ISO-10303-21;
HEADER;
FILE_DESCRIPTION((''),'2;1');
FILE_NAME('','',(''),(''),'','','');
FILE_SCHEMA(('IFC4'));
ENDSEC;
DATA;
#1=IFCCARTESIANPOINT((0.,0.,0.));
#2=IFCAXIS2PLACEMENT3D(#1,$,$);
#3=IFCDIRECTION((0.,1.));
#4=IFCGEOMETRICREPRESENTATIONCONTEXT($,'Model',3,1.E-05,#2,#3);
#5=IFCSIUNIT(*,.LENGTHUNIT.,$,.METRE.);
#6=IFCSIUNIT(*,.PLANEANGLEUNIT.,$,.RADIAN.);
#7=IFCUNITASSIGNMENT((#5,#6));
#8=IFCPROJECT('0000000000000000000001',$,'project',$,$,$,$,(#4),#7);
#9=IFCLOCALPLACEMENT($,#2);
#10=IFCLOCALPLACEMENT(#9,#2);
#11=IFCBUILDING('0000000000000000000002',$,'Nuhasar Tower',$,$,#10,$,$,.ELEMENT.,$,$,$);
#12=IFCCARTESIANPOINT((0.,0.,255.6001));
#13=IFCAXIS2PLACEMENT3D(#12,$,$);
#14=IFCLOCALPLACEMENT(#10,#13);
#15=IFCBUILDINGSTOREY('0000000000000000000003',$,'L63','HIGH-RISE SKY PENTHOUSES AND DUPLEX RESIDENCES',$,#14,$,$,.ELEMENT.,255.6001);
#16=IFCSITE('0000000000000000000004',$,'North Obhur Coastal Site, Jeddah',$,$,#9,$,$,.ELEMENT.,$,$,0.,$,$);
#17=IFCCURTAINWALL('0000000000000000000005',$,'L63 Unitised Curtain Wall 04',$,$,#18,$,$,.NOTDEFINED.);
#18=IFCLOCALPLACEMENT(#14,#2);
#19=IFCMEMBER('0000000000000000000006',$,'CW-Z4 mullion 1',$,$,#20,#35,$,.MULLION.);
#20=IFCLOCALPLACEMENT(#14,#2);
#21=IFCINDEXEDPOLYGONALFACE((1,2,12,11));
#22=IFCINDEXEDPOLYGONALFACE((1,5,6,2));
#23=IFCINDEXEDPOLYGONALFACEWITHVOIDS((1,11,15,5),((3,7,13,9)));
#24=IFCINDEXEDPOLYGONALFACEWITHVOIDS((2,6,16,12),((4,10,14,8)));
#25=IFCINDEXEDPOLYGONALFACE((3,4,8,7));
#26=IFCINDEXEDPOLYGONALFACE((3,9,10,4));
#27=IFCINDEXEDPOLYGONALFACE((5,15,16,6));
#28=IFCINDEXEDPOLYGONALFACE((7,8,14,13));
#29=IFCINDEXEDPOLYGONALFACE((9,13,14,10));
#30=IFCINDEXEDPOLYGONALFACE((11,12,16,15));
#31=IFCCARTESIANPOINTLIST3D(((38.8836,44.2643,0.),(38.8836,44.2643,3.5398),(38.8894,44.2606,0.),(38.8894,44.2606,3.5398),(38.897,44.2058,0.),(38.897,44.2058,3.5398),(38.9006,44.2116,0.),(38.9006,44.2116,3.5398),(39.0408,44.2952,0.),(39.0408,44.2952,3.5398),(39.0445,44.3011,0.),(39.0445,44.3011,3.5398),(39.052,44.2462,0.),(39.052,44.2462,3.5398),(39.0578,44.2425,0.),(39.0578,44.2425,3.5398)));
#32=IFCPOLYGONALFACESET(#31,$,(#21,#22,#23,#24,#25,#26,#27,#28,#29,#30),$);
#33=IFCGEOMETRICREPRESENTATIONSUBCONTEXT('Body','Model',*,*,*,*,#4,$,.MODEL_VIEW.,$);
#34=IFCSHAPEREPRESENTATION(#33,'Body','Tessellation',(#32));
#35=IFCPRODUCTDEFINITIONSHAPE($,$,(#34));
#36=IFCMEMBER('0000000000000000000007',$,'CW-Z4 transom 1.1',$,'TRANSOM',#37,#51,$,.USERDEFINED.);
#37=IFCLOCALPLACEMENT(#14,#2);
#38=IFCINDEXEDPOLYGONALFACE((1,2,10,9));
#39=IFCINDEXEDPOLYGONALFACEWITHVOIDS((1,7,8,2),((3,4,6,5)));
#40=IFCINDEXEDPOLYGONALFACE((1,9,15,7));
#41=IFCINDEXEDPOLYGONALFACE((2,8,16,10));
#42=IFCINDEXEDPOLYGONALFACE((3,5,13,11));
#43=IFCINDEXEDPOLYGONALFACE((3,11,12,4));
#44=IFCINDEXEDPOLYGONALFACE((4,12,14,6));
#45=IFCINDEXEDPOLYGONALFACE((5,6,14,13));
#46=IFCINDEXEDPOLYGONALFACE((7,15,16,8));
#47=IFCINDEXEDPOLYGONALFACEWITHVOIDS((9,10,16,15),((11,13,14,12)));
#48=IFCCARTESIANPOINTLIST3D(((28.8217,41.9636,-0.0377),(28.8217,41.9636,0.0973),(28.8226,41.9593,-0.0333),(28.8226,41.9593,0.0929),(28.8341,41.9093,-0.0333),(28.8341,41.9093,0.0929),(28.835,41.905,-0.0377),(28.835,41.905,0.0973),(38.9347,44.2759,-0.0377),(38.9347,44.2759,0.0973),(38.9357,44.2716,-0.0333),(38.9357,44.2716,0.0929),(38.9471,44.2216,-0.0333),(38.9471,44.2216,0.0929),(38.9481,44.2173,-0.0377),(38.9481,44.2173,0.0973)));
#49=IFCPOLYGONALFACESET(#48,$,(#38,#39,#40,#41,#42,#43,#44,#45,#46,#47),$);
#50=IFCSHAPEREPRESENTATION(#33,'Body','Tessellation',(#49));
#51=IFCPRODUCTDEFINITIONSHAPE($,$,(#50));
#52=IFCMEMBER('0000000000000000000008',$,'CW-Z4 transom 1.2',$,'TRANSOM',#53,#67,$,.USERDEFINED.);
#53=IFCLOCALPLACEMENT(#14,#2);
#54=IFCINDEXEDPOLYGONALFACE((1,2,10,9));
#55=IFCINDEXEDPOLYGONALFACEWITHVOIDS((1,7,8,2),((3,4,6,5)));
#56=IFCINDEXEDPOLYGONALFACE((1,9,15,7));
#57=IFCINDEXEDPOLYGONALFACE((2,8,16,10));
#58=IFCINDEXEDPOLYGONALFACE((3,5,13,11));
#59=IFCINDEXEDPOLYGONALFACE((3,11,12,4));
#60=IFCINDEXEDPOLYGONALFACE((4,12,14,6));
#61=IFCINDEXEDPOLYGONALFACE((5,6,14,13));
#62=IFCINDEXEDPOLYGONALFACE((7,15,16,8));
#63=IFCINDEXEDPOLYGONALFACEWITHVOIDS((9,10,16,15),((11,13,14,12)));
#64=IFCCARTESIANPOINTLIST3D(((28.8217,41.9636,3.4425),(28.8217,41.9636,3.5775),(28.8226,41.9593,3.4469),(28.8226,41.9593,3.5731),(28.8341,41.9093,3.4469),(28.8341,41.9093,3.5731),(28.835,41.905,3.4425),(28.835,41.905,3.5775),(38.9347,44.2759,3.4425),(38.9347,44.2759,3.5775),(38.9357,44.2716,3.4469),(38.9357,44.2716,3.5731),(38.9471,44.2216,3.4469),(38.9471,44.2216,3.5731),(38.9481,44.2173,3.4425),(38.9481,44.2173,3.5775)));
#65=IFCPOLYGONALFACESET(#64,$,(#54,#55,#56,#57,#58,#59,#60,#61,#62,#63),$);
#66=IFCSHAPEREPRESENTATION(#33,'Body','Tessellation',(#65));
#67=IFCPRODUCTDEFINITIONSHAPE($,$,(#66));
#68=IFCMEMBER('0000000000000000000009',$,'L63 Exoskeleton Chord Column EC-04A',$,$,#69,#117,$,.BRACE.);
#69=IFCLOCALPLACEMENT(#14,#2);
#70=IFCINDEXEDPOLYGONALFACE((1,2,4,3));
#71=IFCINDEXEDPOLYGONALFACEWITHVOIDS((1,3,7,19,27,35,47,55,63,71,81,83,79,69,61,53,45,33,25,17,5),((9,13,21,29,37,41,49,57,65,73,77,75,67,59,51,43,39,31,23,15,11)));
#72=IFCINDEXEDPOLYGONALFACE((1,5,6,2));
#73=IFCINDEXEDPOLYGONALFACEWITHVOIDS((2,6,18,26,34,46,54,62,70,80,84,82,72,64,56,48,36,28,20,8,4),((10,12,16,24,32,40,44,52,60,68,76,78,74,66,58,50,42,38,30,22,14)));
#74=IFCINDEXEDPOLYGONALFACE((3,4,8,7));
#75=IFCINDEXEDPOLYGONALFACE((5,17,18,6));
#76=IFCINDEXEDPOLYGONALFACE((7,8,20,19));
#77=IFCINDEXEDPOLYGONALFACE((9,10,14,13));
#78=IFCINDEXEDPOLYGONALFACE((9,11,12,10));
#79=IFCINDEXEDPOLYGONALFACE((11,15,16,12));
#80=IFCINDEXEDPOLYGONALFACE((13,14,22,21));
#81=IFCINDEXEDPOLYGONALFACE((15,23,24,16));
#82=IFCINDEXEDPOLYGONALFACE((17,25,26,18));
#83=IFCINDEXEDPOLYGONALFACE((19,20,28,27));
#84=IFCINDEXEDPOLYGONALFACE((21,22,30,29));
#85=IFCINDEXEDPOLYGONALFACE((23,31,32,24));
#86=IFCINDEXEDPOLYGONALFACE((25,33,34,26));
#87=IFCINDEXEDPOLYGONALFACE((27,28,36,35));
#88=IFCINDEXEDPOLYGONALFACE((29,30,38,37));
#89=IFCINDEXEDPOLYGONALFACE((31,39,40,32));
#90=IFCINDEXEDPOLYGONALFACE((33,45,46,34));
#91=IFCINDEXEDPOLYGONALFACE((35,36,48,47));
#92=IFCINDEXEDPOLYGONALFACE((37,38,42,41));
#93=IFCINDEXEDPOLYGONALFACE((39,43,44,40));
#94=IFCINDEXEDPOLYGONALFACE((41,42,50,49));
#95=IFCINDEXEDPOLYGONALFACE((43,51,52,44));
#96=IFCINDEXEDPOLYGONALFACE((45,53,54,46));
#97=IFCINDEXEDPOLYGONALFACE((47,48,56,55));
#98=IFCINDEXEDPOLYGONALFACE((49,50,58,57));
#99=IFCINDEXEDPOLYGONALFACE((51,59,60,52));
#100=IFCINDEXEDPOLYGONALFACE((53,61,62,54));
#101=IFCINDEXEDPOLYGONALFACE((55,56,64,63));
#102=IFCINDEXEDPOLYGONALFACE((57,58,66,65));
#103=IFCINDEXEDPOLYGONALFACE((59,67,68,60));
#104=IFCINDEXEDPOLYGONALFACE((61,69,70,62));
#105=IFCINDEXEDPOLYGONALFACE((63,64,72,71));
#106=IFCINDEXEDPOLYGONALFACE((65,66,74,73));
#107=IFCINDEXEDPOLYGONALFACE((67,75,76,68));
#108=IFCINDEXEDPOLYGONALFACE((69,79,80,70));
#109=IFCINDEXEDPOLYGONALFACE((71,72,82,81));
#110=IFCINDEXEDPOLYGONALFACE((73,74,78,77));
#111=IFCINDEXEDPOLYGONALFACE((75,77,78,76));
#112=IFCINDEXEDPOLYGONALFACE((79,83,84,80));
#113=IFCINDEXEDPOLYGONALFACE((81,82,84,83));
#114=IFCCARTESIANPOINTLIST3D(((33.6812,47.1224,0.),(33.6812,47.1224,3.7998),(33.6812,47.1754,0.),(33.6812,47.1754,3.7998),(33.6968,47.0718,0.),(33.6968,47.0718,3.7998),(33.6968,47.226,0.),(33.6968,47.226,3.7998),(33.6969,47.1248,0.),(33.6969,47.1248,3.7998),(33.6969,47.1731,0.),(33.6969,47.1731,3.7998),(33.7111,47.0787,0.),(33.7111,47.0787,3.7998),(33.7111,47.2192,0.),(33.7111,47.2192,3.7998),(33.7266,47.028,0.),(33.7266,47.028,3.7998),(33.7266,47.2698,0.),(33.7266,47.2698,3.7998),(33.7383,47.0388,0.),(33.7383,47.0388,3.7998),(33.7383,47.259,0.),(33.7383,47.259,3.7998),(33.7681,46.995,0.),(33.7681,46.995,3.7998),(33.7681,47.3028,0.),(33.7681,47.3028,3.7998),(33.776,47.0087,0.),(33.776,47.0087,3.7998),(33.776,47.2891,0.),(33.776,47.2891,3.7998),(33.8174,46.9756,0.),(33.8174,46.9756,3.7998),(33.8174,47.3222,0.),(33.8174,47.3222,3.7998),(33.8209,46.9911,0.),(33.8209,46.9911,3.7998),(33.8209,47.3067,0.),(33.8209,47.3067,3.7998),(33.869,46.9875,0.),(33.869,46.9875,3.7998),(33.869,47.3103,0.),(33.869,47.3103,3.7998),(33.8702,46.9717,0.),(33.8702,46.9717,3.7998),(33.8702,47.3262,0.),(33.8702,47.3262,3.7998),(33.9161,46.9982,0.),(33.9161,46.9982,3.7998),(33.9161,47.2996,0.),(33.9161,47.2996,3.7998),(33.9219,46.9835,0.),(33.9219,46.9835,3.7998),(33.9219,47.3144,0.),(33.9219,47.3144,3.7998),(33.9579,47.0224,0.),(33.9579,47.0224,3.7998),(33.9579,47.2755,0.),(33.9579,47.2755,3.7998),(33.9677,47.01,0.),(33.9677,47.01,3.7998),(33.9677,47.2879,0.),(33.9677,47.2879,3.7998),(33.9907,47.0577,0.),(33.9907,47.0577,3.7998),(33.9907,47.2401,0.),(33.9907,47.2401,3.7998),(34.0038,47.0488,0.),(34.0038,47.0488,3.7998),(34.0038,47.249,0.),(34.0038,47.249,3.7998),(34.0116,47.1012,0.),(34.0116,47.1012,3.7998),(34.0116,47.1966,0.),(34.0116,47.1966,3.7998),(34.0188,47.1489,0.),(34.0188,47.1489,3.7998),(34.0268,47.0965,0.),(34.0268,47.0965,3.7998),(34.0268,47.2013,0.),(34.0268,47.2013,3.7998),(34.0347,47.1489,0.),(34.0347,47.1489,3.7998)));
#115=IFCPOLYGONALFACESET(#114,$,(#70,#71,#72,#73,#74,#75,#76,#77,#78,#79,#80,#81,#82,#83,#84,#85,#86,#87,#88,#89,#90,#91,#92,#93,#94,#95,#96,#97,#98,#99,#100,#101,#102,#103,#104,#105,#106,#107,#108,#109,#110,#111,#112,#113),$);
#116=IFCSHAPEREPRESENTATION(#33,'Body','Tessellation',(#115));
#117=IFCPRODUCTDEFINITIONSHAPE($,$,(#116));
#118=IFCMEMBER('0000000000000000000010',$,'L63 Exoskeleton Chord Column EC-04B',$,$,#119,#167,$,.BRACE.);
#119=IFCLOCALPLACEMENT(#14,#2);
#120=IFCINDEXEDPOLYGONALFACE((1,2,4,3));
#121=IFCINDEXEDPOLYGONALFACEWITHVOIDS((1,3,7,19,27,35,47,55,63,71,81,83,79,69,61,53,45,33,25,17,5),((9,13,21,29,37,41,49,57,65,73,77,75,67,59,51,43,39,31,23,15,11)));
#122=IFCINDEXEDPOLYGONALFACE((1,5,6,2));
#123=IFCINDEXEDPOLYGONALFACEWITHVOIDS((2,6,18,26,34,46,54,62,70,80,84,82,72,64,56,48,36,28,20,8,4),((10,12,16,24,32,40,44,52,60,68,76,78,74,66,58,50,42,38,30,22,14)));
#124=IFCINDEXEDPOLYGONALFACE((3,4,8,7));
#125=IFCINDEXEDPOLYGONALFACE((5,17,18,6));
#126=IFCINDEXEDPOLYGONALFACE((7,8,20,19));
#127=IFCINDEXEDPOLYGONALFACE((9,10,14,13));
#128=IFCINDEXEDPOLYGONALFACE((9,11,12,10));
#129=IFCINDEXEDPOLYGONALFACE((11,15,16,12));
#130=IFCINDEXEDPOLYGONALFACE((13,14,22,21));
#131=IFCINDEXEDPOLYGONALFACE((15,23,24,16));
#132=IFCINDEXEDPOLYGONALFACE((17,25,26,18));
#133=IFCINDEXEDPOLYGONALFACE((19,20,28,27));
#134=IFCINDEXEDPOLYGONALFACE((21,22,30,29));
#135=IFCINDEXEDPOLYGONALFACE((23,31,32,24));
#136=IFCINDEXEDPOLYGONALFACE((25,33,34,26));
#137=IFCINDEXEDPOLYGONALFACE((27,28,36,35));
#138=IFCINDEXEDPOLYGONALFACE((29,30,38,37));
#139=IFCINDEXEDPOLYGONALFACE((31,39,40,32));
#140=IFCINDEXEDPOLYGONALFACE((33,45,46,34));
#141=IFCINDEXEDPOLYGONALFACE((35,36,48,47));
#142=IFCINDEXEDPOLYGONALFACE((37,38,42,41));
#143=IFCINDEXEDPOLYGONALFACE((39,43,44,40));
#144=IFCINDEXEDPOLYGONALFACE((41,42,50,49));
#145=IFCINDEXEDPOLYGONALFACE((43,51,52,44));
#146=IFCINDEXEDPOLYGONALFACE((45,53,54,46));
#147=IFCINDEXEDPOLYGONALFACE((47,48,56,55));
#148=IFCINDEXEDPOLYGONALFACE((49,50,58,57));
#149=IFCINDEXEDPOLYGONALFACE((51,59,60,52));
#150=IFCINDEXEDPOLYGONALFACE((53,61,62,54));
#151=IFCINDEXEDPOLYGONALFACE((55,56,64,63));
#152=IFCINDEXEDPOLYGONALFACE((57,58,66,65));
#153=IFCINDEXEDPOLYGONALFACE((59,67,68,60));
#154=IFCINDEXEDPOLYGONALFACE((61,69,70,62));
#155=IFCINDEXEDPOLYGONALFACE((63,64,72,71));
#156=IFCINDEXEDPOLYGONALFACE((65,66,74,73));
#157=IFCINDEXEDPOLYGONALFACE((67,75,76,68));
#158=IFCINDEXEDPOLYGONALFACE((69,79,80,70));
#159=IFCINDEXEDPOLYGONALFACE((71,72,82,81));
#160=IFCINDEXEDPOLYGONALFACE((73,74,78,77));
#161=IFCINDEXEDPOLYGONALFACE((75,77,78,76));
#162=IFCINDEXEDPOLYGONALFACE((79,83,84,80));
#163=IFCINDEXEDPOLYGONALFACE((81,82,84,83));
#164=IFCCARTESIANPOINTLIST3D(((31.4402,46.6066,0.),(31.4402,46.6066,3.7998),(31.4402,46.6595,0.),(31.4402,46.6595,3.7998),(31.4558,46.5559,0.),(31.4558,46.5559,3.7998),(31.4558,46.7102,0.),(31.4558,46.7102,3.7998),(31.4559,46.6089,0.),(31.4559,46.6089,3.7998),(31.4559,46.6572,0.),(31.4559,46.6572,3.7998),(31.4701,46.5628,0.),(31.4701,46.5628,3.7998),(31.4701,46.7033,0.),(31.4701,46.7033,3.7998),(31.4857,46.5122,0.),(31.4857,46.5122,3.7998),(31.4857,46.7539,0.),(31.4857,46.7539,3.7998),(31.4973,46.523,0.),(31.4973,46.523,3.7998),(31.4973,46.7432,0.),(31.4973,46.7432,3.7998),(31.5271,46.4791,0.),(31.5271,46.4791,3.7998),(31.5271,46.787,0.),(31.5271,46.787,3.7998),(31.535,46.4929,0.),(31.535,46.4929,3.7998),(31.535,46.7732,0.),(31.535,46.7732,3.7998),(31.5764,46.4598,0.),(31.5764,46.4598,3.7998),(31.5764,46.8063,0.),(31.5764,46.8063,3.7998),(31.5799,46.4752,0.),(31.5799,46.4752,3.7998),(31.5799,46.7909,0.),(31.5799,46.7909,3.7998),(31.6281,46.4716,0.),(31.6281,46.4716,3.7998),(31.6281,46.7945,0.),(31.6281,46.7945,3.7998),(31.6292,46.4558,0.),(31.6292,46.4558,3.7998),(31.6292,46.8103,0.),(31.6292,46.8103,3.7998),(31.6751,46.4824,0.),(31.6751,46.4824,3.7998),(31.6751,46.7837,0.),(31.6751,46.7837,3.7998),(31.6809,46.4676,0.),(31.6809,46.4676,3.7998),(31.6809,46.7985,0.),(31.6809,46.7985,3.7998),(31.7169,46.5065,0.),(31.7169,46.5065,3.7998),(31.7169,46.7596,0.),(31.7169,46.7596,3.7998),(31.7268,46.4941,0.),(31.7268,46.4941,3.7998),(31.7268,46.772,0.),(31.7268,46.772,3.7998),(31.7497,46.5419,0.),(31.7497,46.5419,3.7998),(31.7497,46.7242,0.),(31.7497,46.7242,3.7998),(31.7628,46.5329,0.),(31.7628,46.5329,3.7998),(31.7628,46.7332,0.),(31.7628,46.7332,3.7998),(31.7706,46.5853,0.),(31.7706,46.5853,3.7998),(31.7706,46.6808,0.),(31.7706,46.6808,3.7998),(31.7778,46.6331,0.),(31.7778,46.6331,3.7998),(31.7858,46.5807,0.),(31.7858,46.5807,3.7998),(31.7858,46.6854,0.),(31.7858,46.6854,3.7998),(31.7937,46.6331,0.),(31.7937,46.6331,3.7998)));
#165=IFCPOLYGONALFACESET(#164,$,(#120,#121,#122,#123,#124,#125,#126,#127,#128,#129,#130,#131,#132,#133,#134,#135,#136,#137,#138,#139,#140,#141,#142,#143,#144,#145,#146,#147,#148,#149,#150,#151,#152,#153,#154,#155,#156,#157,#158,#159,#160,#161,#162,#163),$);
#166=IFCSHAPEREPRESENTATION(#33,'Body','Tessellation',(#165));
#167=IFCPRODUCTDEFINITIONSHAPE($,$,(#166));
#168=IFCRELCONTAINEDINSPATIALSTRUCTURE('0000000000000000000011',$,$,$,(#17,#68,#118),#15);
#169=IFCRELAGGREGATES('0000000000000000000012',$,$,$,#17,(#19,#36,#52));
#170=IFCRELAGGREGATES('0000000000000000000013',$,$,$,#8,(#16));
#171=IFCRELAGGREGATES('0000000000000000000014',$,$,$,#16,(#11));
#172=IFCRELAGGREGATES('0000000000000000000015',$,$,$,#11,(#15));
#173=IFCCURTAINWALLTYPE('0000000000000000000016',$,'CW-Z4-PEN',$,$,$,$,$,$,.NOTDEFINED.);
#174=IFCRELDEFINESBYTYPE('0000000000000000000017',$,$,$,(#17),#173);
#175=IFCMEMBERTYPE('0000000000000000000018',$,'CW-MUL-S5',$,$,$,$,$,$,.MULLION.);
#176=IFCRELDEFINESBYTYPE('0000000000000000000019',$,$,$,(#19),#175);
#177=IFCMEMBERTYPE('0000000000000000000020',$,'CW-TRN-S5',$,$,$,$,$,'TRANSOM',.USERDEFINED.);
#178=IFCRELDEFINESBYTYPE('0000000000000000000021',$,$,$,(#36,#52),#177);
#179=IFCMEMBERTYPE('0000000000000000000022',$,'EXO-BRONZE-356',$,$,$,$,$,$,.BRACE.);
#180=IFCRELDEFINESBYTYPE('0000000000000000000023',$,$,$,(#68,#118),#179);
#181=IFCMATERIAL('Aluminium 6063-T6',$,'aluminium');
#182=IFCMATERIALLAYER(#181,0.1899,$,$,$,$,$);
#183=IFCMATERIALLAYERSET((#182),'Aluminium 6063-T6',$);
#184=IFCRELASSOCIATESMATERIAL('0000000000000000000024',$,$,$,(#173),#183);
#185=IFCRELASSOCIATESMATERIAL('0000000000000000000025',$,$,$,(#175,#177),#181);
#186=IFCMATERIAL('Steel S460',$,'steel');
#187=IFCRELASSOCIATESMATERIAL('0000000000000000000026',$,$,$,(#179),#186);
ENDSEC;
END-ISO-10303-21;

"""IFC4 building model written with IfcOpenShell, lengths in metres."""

from ifc_helpers import new_model, si_unit, direction, frame, origin, origin_2d, place, context, subcontext, project, spatial, hollow_rectangle, hollow_circle, extrude, material, layer, layer_set, material_profile, profile_set, type_object, element, aggregate, save


model = new_model("IFC4")

# Units and contexts
model_context = context("Model", 3, precision=1e-05, world=origin(), true_north=direction((0.0, 1.0)))
body_context = subcontext(model_context, "Body", "Model", "MODEL_VIEW")
ifc_project = project(units=[si_unit("LENGTHUNIT", "METRE"), si_unit("PLANEANGLEUNIT", "RADIAN")], contexts=[model_context])

# Site, building, storey
site_placement = place(None, origin())
site = spatial("IfcSite", under=ifc_project, at=site_placement, Name="North Obhur Coastal Site, Jeddah", CompositionType="ELEMENT", RefElevation=0.0)
building_placement = place(site_placement, origin())
building = spatial("IfcBuilding", under=site, at=building_placement, Name="Nuhasar Tower", CompositionType="ELEMENT")
storey_placement = place(building_placement, frame((0.0, 0.0, 255.6001)))
storey = spatial("IfcBuildingStorey", under=building, at=storey_placement, Name="L63", Description="HIGH-RISE SKY PENTHOUSES AND DUPLEX RESIDENCES", CompositionType="ELEMENT", Elevation=255.6001)

# Shared definitions
ifc_material_1 = material(Name="Steel S460", Category="steel")

# Curtain wall, members
ifc_material_2 = material(Name="Aluminium 6063-T6", Category="aluminium")
ifc_layer_1 = layer(ifc_material_2, 0.1899)
ifc_layer_set_1 = layer_set([ifc_layer_1], Name="Aluminium 6063-T6")
curtain_wall_type = type_object("IfcCurtainWallType", Name="CW-Z4-PEN", PredefinedType="NOTDEFINED", material=ifc_layer_set_1)
curtain_wall_placement = place(storey_placement, origin())
curtain_wall = element("IfcCurtainWall", 1, at=curtain_wall_placement, inside=storey, type_object=curtain_wall_type, Name="L63 Unitised Curtain Wall 04", PredefinedType="NOTDEFINED")
ifc_material_profile_1 = material_profile(ifc_material_2, hollow_rectangle(XDim=0.0601, YDim=0.165, WallThickness=0.0049, at=origin_2d()), Name="CWM-5")
ifc_profile_set_1 = profile_set([ifc_material_profile_1], Name="Aluminium 6063-T6")
member_type_1 = type_object("IfcMemberType", Name="CW-MUL-S5", PredefinedType="MULLION", material=ifc_profile_set_1)
member_1_placement = place(storey_placement, frame((38.9707, 44.2534, 0.0), z_axis=(0.0, 0.0, 1.0), x_axis=(0.222889, -0.974844, 0.0)))
member_1 = element("IfcMember", 2, at=member_1_placement, type_object=member_type_1, Name="CW-Z4 mullion 1", PredefinedType="MULLION", context=body_context, shape_type="SweptSolid", body=[
    extrude(hollow_rectangle(XDim=0.0601, YDim=0.165, WallThickness=0.0049, at=origin_2d()), origin(), (0.0, 0.0, 1.0), 3.5398),
])
ifc_material_profile_2 = material_profile(ifc_material_2, hollow_rectangle(XDim=0.0601, YDim=0.135, WallThickness=0.0044, at=origin_2d()), Name="CWT-5")
ifc_profile_set_2 = profile_set([ifc_material_profile_2], Name="Aluminium 6063-T6")
member_type_2 = type_object("IfcMemberType", Name="CW-TRN-S5", ElementType="TRANSOM", PredefinedType="USERDEFINED", material=ifc_profile_set_2)
member_2_placement = place(storey_placement, frame((38.9414, 44.2466, 0.0298), z_axis=(-0.974844, -0.222889, 0.0), x_axis=(0.222889, -0.974844, 0.0)))
member_2 = element("IfcMember", 3, at=member_2_placement, type_object=member_type_2, Name="CW-Z4 transom 1.1", ObjectType="TRANSOM", PredefinedType="USERDEFINED", context=body_context, shape_type="SweptSolid", body=[
    extrude(hollow_rectangle(XDim=0.0601, YDim=0.135, WallThickness=0.0044, at=origin_2d()), origin(), (0.0, 0.0, 1.0), 10.374),
])
member_3_placement = place(storey_placement, frame((38.9414, 44.2466, 3.51), z_axis=(-0.974844, -0.222889, 0.0), x_axis=(0.222889, -0.974844, 0.0)))
member_3 = element("IfcMember", 4, at=member_3_placement, type_object=member_type_2, Name="CW-Z4 transom 1.2", ObjectType="TRANSOM", PredefinedType="USERDEFINED", context=body_context, shape_type="SweptSolid", body=[
    extrude(hollow_rectangle(XDim=0.0601, YDim=0.135, WallThickness=0.0044, at=origin_2d()), origin(), (0.0, 0.0, 1.0), 10.374),
])

# Members
ifc_material_profile_3 = material_profile(ifc_material_1, hollow_circle(Radius=0.1777, WallThickness=0.0159, at=origin_2d()), Name="HSS355.6X15.9")
ifc_profile_set_3 = profile_set([ifc_material_profile_3], Name="Steel S460")
member_type_3 = type_object("IfcMemberType", Name="EXO-BRONZE-356", PredefinedType="BRACE", material=ifc_profile_set_3)
for number, where, z_axis, x_axis, name in (
    (5, (33.8569, 47.1489, 0.0), (0.0, 0.0, 1.0), (1.0, 0.0, 0.0), "L63 Exoskeleton Chord Column EC-04A"),
    (6, (31.616, 46.6331, 0.0), (0.0, 0.0, 1.0), (1.0, 0.0, 0.0), "L63 Exoskeleton Chord Column EC-04B"),
):
    element("IfcMember", number, at=place(storey_placement, frame(where, z_axis=z_axis, x_axis=x_axis)), inside=storey, type_object=member_type_3, Name=name, PredefinedType="BRACE", context=body_context, shape_type="SweptSolid", body=[
        extrude(hollow_circle(Radius=0.1777, WallThickness=0.0159, at=origin_2d()), origin(), (0.0, 0.0, 1.0), 3.7998),
    ])

aggregate(curtain_wall, [member_1, member_2, member_3])

save(model, "model.ifc")
